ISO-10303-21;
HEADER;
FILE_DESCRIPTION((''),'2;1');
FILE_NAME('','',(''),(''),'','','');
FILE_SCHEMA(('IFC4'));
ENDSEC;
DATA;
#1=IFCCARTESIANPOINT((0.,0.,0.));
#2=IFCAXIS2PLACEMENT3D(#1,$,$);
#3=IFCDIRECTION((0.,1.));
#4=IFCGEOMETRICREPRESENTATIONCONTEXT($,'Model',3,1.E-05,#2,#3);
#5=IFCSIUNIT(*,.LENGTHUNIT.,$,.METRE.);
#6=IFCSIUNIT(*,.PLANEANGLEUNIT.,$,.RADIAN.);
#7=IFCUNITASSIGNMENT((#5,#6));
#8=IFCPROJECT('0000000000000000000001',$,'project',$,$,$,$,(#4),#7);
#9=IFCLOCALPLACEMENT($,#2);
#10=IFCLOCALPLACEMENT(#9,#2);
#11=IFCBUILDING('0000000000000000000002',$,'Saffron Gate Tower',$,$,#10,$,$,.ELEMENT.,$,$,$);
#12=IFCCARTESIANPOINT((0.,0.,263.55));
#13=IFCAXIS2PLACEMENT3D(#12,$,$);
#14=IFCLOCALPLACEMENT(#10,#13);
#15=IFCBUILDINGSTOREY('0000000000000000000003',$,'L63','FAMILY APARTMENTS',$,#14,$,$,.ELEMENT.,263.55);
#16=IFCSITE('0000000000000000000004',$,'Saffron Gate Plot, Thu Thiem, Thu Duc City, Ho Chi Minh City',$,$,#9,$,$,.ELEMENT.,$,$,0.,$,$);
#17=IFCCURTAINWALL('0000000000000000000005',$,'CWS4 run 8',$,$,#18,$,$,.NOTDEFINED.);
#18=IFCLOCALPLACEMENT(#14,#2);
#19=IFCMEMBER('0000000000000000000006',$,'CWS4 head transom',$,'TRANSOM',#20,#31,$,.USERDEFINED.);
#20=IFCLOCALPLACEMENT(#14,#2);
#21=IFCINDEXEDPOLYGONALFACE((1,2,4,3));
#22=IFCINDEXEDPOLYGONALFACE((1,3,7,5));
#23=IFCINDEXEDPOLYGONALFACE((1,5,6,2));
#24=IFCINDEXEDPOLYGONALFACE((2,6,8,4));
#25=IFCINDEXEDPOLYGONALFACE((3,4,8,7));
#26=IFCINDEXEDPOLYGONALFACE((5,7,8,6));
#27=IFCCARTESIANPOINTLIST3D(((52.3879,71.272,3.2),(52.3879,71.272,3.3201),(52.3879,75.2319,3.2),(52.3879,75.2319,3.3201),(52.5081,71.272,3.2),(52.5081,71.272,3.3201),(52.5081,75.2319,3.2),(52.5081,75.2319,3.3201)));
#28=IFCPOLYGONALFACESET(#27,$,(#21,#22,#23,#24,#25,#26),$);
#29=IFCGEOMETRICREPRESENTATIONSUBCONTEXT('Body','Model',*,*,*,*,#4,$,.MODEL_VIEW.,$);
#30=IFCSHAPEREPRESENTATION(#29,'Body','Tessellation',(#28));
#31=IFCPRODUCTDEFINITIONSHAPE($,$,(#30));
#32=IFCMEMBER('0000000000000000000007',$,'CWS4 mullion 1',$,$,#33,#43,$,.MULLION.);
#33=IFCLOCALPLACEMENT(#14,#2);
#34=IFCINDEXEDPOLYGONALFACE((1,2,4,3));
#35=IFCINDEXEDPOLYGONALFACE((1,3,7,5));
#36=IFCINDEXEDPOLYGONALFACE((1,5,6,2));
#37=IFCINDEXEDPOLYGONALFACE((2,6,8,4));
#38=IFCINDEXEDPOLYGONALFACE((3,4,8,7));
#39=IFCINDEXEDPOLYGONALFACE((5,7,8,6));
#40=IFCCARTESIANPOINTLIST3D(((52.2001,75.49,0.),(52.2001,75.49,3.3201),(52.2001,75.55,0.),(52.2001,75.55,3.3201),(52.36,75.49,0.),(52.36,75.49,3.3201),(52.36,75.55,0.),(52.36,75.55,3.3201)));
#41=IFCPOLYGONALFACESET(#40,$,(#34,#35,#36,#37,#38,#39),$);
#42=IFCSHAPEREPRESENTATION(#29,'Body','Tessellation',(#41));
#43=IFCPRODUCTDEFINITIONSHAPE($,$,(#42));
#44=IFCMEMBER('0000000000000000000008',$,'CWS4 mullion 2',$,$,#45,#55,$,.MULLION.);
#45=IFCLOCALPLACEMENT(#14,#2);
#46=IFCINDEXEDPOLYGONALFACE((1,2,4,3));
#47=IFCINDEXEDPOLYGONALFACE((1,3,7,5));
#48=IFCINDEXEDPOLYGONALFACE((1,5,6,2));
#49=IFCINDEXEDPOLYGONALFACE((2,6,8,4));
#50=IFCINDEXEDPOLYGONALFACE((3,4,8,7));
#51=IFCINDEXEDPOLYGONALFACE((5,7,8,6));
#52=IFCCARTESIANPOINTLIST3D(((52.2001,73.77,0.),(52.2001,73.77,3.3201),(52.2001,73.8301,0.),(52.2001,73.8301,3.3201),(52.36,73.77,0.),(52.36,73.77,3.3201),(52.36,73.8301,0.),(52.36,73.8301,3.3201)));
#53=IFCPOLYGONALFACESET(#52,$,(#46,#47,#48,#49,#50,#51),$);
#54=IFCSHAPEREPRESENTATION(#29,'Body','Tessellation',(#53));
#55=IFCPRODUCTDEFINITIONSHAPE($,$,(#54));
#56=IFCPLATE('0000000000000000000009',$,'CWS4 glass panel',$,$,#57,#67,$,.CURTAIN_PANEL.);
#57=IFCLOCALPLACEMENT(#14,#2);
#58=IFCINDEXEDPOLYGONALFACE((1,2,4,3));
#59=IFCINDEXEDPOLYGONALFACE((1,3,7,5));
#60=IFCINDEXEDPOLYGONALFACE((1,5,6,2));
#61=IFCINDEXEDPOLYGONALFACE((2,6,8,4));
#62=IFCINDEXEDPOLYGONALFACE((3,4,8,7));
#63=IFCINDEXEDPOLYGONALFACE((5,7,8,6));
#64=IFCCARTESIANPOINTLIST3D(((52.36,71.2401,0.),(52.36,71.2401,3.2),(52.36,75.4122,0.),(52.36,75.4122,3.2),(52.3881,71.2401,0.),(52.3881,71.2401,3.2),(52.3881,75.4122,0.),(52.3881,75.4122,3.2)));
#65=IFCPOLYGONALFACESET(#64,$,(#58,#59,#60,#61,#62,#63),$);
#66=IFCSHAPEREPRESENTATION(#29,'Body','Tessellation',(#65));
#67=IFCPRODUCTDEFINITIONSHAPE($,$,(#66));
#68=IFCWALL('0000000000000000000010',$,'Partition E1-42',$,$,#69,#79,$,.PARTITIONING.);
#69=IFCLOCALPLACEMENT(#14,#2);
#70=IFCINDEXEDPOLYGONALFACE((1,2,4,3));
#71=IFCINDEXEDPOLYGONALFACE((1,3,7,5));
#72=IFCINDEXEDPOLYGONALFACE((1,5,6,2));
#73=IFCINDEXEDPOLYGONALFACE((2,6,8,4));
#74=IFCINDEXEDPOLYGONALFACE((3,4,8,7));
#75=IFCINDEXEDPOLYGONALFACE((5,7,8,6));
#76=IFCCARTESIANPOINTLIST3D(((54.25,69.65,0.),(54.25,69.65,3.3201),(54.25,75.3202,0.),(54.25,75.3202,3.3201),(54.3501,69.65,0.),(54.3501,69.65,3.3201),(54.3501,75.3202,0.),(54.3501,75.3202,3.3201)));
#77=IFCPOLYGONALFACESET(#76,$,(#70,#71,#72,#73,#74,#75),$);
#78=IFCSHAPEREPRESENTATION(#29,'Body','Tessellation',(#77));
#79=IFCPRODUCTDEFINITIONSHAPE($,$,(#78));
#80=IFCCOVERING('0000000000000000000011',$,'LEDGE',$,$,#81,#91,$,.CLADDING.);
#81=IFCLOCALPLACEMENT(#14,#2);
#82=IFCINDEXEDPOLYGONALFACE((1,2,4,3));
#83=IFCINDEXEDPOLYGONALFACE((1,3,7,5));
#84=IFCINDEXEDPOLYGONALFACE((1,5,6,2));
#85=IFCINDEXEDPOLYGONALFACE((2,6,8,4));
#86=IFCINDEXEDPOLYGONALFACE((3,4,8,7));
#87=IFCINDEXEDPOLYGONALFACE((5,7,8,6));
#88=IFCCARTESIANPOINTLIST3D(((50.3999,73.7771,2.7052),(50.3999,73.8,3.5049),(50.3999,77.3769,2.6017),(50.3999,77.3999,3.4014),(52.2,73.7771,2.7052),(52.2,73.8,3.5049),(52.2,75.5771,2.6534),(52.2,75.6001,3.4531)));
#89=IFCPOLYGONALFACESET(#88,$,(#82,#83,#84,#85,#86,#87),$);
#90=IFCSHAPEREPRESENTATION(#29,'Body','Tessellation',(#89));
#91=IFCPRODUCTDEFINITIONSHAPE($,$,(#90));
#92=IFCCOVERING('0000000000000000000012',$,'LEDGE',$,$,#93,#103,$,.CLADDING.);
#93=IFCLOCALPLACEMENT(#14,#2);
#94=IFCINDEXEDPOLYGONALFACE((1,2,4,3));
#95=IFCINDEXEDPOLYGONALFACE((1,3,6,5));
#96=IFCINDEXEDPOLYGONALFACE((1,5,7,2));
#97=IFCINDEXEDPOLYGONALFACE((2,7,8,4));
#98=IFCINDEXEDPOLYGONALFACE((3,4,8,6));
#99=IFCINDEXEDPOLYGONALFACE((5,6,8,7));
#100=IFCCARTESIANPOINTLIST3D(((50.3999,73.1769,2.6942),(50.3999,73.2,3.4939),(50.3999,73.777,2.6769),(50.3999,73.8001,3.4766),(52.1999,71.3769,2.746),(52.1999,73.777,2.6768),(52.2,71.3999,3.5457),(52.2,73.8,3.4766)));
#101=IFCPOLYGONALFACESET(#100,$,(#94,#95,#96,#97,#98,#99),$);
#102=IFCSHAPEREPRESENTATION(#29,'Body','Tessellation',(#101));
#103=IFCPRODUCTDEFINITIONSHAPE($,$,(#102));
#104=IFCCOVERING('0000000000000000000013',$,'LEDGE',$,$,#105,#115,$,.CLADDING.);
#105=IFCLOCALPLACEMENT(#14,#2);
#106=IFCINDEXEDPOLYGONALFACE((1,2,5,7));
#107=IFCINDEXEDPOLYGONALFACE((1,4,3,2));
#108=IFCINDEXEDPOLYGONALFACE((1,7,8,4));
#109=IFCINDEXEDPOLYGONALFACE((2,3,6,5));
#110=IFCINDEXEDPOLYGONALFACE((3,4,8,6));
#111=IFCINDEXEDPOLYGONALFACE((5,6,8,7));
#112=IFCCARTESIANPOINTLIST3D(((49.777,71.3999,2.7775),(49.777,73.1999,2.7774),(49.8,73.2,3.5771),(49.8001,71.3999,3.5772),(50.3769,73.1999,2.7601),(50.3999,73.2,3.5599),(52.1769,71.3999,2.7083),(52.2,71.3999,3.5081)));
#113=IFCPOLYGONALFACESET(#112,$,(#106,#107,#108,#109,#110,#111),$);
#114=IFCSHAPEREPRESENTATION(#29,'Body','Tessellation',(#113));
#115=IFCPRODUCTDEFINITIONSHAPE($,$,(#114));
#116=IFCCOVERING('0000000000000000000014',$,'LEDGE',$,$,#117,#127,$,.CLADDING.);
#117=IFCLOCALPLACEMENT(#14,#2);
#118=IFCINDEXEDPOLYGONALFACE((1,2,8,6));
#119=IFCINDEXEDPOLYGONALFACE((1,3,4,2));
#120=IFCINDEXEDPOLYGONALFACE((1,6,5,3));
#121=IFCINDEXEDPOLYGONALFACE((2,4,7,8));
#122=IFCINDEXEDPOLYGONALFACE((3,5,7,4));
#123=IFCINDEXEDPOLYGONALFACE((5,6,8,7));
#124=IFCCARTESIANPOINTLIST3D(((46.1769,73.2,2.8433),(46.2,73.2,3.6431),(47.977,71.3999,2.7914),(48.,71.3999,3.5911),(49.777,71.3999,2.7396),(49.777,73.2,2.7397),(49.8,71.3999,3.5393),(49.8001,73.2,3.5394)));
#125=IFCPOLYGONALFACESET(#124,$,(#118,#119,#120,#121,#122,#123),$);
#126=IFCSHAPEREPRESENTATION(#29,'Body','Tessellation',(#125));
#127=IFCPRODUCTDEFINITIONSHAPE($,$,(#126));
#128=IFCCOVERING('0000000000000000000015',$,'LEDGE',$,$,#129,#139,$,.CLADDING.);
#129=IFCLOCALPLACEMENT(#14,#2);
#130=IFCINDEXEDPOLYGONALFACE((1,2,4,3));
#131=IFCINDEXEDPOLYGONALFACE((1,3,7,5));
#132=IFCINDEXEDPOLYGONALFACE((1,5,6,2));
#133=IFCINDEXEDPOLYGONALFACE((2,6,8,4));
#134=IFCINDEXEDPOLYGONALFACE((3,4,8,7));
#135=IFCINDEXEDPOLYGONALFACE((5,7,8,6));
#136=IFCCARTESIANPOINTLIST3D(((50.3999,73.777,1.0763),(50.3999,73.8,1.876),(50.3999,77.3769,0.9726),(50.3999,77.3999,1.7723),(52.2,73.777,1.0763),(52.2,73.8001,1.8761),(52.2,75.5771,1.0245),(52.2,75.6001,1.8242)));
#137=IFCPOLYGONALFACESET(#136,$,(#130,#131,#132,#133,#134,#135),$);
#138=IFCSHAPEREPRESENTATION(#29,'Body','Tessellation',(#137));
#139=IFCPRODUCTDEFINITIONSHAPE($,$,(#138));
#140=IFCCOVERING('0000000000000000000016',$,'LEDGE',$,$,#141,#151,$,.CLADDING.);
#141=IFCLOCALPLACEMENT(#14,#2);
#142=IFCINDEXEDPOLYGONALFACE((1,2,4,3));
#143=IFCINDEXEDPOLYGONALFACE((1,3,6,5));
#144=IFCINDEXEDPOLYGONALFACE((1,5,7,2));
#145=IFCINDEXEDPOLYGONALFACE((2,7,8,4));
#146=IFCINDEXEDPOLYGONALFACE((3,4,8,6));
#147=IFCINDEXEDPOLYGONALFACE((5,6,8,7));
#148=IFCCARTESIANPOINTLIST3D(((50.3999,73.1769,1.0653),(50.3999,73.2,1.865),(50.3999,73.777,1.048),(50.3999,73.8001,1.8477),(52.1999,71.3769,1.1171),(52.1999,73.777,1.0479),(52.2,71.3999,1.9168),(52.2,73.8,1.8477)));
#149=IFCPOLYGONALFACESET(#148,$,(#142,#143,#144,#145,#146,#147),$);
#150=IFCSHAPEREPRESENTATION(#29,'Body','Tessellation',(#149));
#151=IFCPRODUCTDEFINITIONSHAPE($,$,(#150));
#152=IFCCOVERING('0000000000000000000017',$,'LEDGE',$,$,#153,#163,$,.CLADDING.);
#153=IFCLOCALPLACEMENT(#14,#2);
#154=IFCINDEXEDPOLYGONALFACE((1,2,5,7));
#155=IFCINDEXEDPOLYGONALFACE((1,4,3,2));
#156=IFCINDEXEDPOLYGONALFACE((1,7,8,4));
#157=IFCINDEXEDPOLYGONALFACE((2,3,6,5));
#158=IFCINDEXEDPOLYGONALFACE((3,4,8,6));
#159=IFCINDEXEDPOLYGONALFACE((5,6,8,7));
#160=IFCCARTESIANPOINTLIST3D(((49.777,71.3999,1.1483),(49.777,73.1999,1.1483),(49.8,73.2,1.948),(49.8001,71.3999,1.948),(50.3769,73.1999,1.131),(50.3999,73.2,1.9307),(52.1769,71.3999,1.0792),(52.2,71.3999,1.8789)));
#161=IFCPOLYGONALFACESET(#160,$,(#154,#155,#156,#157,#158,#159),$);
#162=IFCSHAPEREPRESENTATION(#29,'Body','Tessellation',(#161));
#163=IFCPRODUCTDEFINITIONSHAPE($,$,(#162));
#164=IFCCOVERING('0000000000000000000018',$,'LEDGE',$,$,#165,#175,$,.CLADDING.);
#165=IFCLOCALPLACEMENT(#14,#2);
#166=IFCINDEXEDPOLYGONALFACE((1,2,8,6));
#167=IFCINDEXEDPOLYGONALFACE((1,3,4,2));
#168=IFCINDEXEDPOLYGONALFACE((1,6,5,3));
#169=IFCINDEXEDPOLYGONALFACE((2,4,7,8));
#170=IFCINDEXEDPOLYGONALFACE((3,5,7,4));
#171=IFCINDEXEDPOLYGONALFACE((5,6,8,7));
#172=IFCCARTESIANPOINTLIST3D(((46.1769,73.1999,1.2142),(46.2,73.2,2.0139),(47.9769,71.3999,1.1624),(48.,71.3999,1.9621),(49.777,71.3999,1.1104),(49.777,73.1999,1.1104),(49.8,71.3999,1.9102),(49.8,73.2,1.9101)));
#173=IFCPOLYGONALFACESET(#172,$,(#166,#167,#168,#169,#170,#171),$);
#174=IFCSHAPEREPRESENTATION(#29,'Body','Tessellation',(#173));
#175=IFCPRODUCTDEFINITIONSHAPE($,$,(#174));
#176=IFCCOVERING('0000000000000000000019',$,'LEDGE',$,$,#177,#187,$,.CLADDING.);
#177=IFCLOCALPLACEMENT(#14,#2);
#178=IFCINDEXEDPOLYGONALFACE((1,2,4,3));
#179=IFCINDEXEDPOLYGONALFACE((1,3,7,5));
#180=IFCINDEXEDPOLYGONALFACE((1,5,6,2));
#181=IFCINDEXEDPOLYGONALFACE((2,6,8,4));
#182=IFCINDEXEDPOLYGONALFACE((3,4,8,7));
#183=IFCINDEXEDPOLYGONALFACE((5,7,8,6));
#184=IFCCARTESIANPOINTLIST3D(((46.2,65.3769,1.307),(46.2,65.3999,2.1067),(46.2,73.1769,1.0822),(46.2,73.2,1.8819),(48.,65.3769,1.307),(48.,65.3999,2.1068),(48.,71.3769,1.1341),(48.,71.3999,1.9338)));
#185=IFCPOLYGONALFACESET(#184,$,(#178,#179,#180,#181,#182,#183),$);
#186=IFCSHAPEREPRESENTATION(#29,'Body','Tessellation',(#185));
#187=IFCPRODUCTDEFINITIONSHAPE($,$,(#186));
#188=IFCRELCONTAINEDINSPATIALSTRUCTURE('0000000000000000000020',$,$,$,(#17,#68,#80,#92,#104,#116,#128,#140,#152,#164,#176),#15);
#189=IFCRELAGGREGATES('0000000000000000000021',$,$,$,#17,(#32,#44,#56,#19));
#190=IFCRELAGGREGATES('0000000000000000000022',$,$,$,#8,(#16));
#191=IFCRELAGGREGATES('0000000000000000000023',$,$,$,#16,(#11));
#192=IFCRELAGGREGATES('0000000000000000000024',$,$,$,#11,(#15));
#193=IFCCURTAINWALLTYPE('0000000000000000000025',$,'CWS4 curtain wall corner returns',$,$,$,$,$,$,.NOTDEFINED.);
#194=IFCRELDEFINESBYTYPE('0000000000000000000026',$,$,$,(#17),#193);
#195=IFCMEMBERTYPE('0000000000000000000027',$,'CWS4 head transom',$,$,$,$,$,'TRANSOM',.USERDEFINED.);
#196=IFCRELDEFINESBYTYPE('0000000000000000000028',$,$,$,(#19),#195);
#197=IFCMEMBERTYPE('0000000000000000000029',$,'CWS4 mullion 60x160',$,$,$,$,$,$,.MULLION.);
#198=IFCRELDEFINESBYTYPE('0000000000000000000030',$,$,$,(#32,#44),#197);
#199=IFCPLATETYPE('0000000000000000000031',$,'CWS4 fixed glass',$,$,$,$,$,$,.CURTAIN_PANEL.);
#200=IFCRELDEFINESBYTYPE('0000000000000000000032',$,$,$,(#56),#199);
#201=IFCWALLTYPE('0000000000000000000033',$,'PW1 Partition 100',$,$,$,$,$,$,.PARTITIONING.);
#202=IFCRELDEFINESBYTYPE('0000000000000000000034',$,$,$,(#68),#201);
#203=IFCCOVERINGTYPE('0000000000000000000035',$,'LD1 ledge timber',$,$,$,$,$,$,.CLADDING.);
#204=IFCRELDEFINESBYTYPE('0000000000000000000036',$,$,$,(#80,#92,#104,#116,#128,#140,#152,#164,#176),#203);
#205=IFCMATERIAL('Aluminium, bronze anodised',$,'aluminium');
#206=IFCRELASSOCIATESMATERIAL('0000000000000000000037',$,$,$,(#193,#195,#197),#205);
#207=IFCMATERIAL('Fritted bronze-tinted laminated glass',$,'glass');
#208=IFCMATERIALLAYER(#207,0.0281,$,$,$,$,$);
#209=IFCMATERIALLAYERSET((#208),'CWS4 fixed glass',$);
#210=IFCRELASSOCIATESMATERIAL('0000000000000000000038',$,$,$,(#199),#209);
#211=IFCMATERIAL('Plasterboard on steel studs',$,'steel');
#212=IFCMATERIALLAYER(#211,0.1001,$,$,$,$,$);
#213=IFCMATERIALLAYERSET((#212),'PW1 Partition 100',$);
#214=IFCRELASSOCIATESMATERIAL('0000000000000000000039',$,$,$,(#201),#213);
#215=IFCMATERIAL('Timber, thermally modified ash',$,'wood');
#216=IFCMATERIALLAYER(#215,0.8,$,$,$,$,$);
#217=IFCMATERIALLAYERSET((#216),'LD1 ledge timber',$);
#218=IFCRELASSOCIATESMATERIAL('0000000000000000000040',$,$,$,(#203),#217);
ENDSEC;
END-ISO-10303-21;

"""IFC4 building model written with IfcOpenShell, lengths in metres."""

from ifc_helpers import new_model, si_unit, direction, frame, frame_2d, origin, origin_2d, place, context, subcontext, project, spatial, polyline, rectangle, outline, extrude, material, layer, layer_set, material_profile, profile_set, type_object, element, aggregate, save


model = new_model("IFC4")

# Units and contexts
model_context = context("Model", 3, precision=1e-05, world=origin(), true_north=direction((0.0, 1.0)))
body_context = subcontext(model_context, "Body", "Model", "MODEL_VIEW")
ifc_project = project(units=[si_unit("LENGTHUNIT", "METRE"), si_unit("PLANEANGLEUNIT", "RADIAN")], contexts=[model_context])

# Site, building, storey
site_placement = place(None, origin())
site = spatial("IfcSite", under=ifc_project, at=site_placement, Name="Saffron Gate Plot, Thu Thiem, Thu Duc City, Ho Chi Minh City", CompositionType="ELEMENT", RefElevation=0.0)
building_placement = place(site_placement, origin())
building = spatial("IfcBuilding", under=site, at=building_placement, Name="Saffron Gate Tower", CompositionType="ELEMENT")
storey_placement = place(building_placement, frame((0.0, 0.0, 263.55)))
storey = spatial("IfcBuildingStorey", under=building, at=storey_placement, Name="L63", Description="FAMILY APARTMENTS", CompositionType="ELEMENT", Elevation=263.55)

# Curtain wall, members, plate
ifc_material_1 = material(Name="Aluminium, bronze anodised", Category="aluminium")
curtain_wall_type = type_object("IfcCurtainWallType", Name="CWS4 curtain wall corner returns", PredefinedType="NOTDEFINED", material=ifc_material_1)
curtain_wall_placement = place(storey_placement, origin())
curtain_wall = element("IfcCurtainWall", 1, at=curtain_wall_placement, inside=storey, type_object=curtain_wall_type, Name="CWS4 run 8", PredefinedType="NOTDEFINED")
ifc_material_profile_1 = material_profile(ifc_material_1, rectangle(XDim=0.1201, YDim=0.1201, at=origin_2d()))
ifc_profile_set_1 = profile_set([ifc_material_profile_1], Name="Aluminium, bronze anodised")
member_type_1 = type_object("IfcMemberType", Name="CWS4 head transom", ElementType="TRANSOM", PredefinedType="USERDEFINED", material=ifc_profile_set_1)
member_1_placement = place(storey_placement, frame((52.448, 75.2319, 3.26), z_axis=(0.0, -1.0, 0.0), x_axis=(1.0, 0.0, 0.0)))
member_1 = element("IfcMember", 2, at=member_1_placement, type_object=member_type_1, Name="CWS4 head transom", ObjectType="TRANSOM", PredefinedType="USERDEFINED", context=body_context, shape_type="SweptSolid", body=[
    extrude(rectangle(XDim=0.1201, YDim=0.1201, at=origin_2d()), origin(), (0.0, 0.0, 1.0), 3.96),
])
ifc_material_profile_2 = material_profile(ifc_material_1, rectangle(XDim=0.1599, YDim=0.0601, at=origin_2d()))
ifc_profile_set_2 = profile_set([ifc_material_profile_2], Name="Aluminium, bronze anodised")
member_type_2 = type_object("IfcMemberType", Name="CWS4 mullion 60x160", PredefinedType="MULLION", material=ifc_profile_set_2)
member_2_placement = place(storey_placement, frame((52.28, 75.52, 0.0), z_axis=(0.0, 0.0, 1.0), x_axis=(1.0, 0.0, 0.0)))
member_2 = element("IfcMember", 3, at=member_2_placement, type_object=member_type_2, Name="CWS4 mullion 1", PredefinedType="MULLION", context=body_context, shape_type="SweptSolid", body=[
    extrude(rectangle(XDim=0.1599, YDim=0.0601, at=origin_2d()), origin(), (0.0, 0.0, 1.0), 3.3201),
])
member_3_placement = place(storey_placement, frame((52.28, 73.8, 0.0), z_axis=(0.0, 0.0, 1.0), x_axis=(1.0, 0.0, 0.0)))
member_3 = element("IfcMember", 4, at=member_3_placement, type_object=member_type_2, Name="CWS4 mullion 2", PredefinedType="MULLION", context=body_context, shape_type="SweptSolid", body=[
    extrude(rectangle(XDim=0.1599, YDim=0.0601, at=origin_2d()), origin(), (0.0, 0.0, 1.0), 3.3201),
])
ifc_material_2 = material(Name="Fritted bronze-tinted laminated glass", Category="glass")
ifc_layer_1 = layer(ifc_material_2, 0.0281)
ifc_layer_set_1 = layer_set([ifc_layer_1], Name="CWS4 fixed glass")
plate_type = type_object("IfcPlateType", Name="CWS4 fixed glass", PredefinedType="CURTAIN_PANEL", material=ifc_layer_set_1)
plate_placement = place(storey_placement, frame((52.374, 75.4121, 0.0), z_axis=(0.0, 0.0, 1.0), x_axis=(0.0, -1.0, 0.0)))
plate = element("IfcPlate", 5, at=plate_placement, type_object=plate_type, Name="CWS4 glass panel", PredefinedType="CURTAIN_PANEL", context=body_context, shape_type="SweptSolid", body=[
    extrude(rectangle(XDim=4.1721, YDim=0.0281, at=frame_2d((2.0859, 0.0))), origin(), (0.0, 0.0, 1.0), 3.2),
])
aggregate(curtain_wall, [member_2, member_3, plate, member_1])

# Wall
ifc_material_3 = material(Name="Plasterboard on steel studs", Category="steel")
ifc_layer_2 = layer(ifc_material_3, 0.1001)
ifc_layer_set_2 = layer_set([ifc_layer_2], Name="PW1 Partition 100")
wall_type = type_object("IfcWallType", Name="PW1 Partition 100", PredefinedType="PARTITIONING", material=ifc_layer_set_2)
wall_placement = place(storey_placement, frame((54.3, 75.3201, 0.0), z_axis=(0.0, 0.0, 1.0), x_axis=(0.0, -1.0, 0.0)))
element("IfcWall", 6, at=wall_placement, inside=storey, type_object=wall_type, Name="Partition E1-42", PredefinedType="PARTITIONING", context=body_context, shape_type="SweptSolid", body=[
    extrude(rectangle(XDim=5.6702, YDim=0.1001, at=frame_2d((2.835, 0.0))), origin(), (0.0, 0.0, 1.0), 3.3201),
])

# Coverings
ifc_material_4 = material(Name="Timber, thermally modified ash", Category="wood")
ifc_layer_3 = layer(ifc_material_4, 0.8)
ifc_layer_set_3 = layer_set([ifc_layer_3], Name="LD1 ledge timber")
covering_type_1 = type_object("IfcCoveringType", Name="LD1 ledge timber", PredefinedType="CLADDING", material=ifc_layer_set_3)
covering_1_placement = place(storey_placement, frame((52.2, 75.6001, 3.4531), z_axis=(-0.000001, 0.028743, 0.999587), x_axis=(0.0, -0.999587, 0.028743)))
element("IfcCovering", 7, at=covering_1_placement, inside=storey, type_object=covering_type_1, Name="LEDGE", PredefinedType="CLADDING", context=body_context, shape_type="SweptSolid", body=[
    extrude(outline(polyline([(0.0, 0.0), (1.8008, 0.0), (1.8008, -1.8), (-1.8005, -1.8), (0.0, 0.0)])), origin(), (0.0, 0.0, -1.0), 0.8),
])
covering_2_placement = place(storey_placement, frame((52.2, 73.8, 3.4766), z_axis=(0.000026, 0.028794, 0.999585), x_axis=(0.0, -0.999585, 0.028794)))
element("IfcCovering", 8, at=covering_2_placement, inside=storey, type_object=covering_type_1, Name="LEDGE", PredefinedType="CLADDING", context=body_context, shape_type="SweptSolid", body=[
    extrude(outline(polyline([(0.0, 0.0), (2.4011, 0.0), (0.6003, -1.8), (0.0, -1.8), (0.0, 0.0)])), origin(), (0.0, 0.0, -1.0), 0.8),
])
covering_3_placement = place(storey_placement, frame((52.2, 71.3999, 3.5081), z_axis=(0.028799, 0.000029, 0.999585), x_axis=(-0.999585, 0.0, 0.028799)))
element("IfcCovering", 9, at=covering_3_placement, inside=storey, type_object=covering_type_1, Name="LEDGE", PredefinedType="CLADDING", context=body_context, shape_type="SweptSolid", body=[
    extrude(outline(polyline([(0.0, 0.0), (2.4009, 0.0), (2.4009, -1.8), (1.8008, -1.8), (0.0, 0.0)])), origin(), (0.0, 0.0, -1.0), 0.8),
])
covering_4_placement = place(storey_placement, frame((49.8, 71.3999, 3.5393), z_axis=(0.028787, -0.000045, 0.999586), x_axis=(-0.999586, 0.0, 0.028787)))
element("IfcCovering", 10, at=covering_4_placement, inside=storey, type_object=covering_type_1, Name="LEDGE", PredefinedType="CLADDING", context=body_context, shape_type="SweptSolid", body=[
    extrude(outline(polyline([(0.0, 0.0), (1.8008, 0.0), (3.6016, -1.8), (0.0, -1.8), (0.0, 0.0)])), origin(), (0.0, 0.0, -1.0), 0.8),
])
covering_5_placement = place(storey_placement, frame((52.2, 75.6001, 1.8242), z_axis=(-0.000046, 0.028788, 0.999586), x_axis=(0.0, -0.999586, 0.028788)))
element("IfcCovering", 11, at=covering_5_placement, inside=storey, type_object=covering_type_1, Name="LEDGE", PredefinedType="CLADDING", context=body_context, shape_type="SweptSolid", body=[
    extrude(outline(polyline([(0.0, 0.0), (1.8008, 0.0), (1.8008, -1.8), (-1.8006, -1.8), (0.0, 0.0)])), origin(), (0.0, 0.0, -1.0), 0.8),
])
covering_6_placement = place(storey_placement, frame((52.2, 73.8, 1.8477), z_axis=(0.000026, 0.028794, 0.999585), x_axis=(0.0, -0.999585, 0.028794)))
element("IfcCovering", 12, at=covering_6_placement, inside=storey, type_object=covering_type_1, Name="LEDGE", PredefinedType="CLADDING", context=body_context, shape_type="SweptSolid", body=[
    extrude(outline(polyline([(0.0, 0.0), (2.4011, 0.0), (0.6003, -1.8), (0.0, -1.8), (0.0, 0.0)])), origin(), (0.0, 0.0, -1.0), 0.8),
])
covering_7_placement = place(storey_placement, frame((52.2, 71.3999, 1.8789), z_axis=(0.028799, 0.000029, 0.999585), x_axis=(-0.999585, 0.0, 0.028799)))
element("IfcCovering", 13, at=covering_7_placement, inside=storey, type_object=covering_type_1, Name="LEDGE", PredefinedType="CLADDING", context=body_context, shape_type="SweptSolid", body=[
    extrude(outline(polyline([(0.0, 0.0), (2.4009, 0.0), (2.4009, -1.8), (1.8008, -1.8), (0.0, 0.0)])), origin(), (0.0, 0.0, -1.0), 0.8),
])
covering_8_placement = place(storey_placement, frame((49.8, 71.3999, 1.9102), z_axis=(0.028832, 0.000045, 0.999584), x_axis=(-0.999584, 0.0, 0.028832)))
element("IfcCovering", 14, at=covering_8_placement, inside=storey, type_object=covering_type_1, Name="LEDGE", PredefinedType="CLADDING", context=body_context, shape_type="SweptSolid", body=[
    extrude(outline(polyline([(0.0, 0.0), (1.8008, 0.0), (3.6016, -1.8), (0.0, -1.8), (0.0, 0.0)])), origin(), (0.0, 0.0, -1.0), 0.8),
])
covering_9_placement = place(storey_placement, frame((48.0, 71.3999, 1.9338), z_axis=(-0.000035, 0.028807, 0.999585), x_axis=(0.0, -0.999585, 0.028807)))
element("IfcCovering", 15, at=covering_9_placement, inside=storey, type_object=covering_type_1, Name="LEDGE", PredefinedType="CLADDING", context=body_context, shape_type="SweptSolid", body=[
    extrude(outline(polyline([(0.0, 0.0), (6.0025, 0.0), (6.0025, -1.8), (-1.8008, -1.8), (0.0, 0.0)])), origin(), (0.0, 0.0, -1.0), 0.8),
])

save(model, "model.ifc")
